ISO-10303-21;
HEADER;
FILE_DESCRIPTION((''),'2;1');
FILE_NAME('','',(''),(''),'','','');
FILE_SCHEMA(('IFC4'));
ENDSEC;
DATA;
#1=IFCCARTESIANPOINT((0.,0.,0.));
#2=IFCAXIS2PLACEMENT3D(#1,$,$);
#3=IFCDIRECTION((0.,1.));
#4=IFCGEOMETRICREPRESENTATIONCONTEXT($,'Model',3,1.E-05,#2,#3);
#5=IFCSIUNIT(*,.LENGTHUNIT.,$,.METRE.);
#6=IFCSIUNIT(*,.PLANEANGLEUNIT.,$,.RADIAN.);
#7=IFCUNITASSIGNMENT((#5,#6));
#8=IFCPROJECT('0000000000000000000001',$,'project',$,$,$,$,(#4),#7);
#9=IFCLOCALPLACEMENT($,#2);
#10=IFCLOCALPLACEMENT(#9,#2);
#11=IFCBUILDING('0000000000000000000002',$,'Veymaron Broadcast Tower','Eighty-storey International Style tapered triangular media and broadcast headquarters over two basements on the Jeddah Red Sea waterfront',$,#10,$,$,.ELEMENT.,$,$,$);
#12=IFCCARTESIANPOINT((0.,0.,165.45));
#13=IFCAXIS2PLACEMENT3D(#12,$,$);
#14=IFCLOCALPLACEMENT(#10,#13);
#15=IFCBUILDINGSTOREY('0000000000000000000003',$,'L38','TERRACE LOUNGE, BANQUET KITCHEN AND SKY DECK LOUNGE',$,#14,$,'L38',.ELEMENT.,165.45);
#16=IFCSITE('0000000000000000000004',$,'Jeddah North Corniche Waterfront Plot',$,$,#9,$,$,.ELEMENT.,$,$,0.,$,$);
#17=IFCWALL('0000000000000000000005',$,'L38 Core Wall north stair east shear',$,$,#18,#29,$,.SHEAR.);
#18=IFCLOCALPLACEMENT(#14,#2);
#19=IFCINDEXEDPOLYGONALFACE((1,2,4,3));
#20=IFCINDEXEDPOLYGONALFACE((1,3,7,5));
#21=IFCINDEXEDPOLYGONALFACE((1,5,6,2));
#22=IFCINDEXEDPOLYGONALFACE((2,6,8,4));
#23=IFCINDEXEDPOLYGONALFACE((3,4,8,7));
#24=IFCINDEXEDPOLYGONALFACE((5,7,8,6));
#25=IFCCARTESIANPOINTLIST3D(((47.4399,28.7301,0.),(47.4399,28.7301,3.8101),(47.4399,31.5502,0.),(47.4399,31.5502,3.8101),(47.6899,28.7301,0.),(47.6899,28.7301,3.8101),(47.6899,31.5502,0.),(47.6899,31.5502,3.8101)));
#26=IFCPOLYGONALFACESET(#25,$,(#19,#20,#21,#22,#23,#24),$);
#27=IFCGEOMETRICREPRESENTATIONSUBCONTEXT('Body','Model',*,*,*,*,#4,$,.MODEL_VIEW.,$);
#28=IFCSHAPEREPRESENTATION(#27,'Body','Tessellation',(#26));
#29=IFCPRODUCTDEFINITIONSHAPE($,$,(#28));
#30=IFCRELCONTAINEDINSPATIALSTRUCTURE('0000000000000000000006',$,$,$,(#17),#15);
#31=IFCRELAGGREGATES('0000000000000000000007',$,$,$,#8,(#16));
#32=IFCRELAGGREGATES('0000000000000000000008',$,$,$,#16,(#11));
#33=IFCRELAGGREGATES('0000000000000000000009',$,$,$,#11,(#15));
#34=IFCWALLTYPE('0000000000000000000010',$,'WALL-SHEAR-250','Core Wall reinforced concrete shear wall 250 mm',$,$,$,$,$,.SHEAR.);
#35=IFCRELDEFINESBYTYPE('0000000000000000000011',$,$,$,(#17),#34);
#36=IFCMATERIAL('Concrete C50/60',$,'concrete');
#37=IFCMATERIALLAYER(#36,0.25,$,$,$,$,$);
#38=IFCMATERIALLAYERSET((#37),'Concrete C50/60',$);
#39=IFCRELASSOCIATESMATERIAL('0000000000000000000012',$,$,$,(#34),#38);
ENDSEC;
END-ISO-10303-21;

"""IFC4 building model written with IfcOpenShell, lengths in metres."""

from ifc_helpers import new_model, si_unit, direction, frame, frame_2d, origin, place, context, subcontext, project, spatial, rectangle, extrude, material, layer, layer_set, type_object, element, save


model = new_model("IFC4")

# Units and contexts
model_context = context("Model", 3, precision=1e-05, world=origin(), true_north=direction((0.0, 1.0)))
body_context = subcontext(model_context, "Body", "Model", "MODEL_VIEW")
ifc_project = project(units=[si_unit("LENGTHUNIT", "METRE"), si_unit("PLANEANGLEUNIT", "RADIAN")], contexts=[model_context])

# Site, building, storey
site_placement = place(None, origin())
site = spatial("IfcSite", under=ifc_project, at=site_placement, Name="Jeddah North Corniche Waterfront Plot", CompositionType="ELEMENT", RefElevation=0.0)
building_placement = place(site_placement, origin())
building = spatial("IfcBuilding", under=site, at=building_placement, Name="Veymaron Broadcast Tower", Description="Eighty-storey International Style tapered triangular media and broadcast headquarters over two basements on the Jeddah Red Sea waterfront", CompositionType="ELEMENT")
storey_placement = place(building_placement, frame((0.0, 0.0, 165.45)))
storey = spatial("IfcBuildingStorey", under=building, at=storey_placement, Name="L38", Description="TERRACE LOUNGE, BANQUET KITCHEN AND SKY DECK LOUNGE", LongName="L38", CompositionType="ELEMENT", Elevation=165.45)

# Wall
ifc_material_1 = material(Name="Concrete C50/60", Category="concrete")
ifc_layer_1 = layer(ifc_material_1, 0.25)
ifc_layer_set_1 = layer_set([ifc_layer_1], Name="Concrete C50/60")
wall_type_1 = type_object("IfcWallType", Name="WALL-SHEAR-250", Description="Core Wall reinforced concrete shear wall 250 mm", PredefinedType="SHEAR", material=ifc_layer_set_1)
wall_1_placement = place(storey_placement, frame((47.5649, 28.73, 0.0), z_axis=(0.0, 0.0, 1.0), x_axis=(0.0, 1.0, 0.0)))
element("IfcWall", 1, at=wall_1_placement, inside=storey, type_object=wall_type_1, Name="L38 Core Wall north stair east shear", PredefinedType="SHEAR", context=body_context, shape_type="SweptSolid", body=[
    extrude(rectangle(XDim=2.8201, YDim=0.25, at=frame_2d((1.4102, 0.0))), origin(), (0.0, 0.0, 1.0), 3.8101),
])

save(model, "model.ifc")
